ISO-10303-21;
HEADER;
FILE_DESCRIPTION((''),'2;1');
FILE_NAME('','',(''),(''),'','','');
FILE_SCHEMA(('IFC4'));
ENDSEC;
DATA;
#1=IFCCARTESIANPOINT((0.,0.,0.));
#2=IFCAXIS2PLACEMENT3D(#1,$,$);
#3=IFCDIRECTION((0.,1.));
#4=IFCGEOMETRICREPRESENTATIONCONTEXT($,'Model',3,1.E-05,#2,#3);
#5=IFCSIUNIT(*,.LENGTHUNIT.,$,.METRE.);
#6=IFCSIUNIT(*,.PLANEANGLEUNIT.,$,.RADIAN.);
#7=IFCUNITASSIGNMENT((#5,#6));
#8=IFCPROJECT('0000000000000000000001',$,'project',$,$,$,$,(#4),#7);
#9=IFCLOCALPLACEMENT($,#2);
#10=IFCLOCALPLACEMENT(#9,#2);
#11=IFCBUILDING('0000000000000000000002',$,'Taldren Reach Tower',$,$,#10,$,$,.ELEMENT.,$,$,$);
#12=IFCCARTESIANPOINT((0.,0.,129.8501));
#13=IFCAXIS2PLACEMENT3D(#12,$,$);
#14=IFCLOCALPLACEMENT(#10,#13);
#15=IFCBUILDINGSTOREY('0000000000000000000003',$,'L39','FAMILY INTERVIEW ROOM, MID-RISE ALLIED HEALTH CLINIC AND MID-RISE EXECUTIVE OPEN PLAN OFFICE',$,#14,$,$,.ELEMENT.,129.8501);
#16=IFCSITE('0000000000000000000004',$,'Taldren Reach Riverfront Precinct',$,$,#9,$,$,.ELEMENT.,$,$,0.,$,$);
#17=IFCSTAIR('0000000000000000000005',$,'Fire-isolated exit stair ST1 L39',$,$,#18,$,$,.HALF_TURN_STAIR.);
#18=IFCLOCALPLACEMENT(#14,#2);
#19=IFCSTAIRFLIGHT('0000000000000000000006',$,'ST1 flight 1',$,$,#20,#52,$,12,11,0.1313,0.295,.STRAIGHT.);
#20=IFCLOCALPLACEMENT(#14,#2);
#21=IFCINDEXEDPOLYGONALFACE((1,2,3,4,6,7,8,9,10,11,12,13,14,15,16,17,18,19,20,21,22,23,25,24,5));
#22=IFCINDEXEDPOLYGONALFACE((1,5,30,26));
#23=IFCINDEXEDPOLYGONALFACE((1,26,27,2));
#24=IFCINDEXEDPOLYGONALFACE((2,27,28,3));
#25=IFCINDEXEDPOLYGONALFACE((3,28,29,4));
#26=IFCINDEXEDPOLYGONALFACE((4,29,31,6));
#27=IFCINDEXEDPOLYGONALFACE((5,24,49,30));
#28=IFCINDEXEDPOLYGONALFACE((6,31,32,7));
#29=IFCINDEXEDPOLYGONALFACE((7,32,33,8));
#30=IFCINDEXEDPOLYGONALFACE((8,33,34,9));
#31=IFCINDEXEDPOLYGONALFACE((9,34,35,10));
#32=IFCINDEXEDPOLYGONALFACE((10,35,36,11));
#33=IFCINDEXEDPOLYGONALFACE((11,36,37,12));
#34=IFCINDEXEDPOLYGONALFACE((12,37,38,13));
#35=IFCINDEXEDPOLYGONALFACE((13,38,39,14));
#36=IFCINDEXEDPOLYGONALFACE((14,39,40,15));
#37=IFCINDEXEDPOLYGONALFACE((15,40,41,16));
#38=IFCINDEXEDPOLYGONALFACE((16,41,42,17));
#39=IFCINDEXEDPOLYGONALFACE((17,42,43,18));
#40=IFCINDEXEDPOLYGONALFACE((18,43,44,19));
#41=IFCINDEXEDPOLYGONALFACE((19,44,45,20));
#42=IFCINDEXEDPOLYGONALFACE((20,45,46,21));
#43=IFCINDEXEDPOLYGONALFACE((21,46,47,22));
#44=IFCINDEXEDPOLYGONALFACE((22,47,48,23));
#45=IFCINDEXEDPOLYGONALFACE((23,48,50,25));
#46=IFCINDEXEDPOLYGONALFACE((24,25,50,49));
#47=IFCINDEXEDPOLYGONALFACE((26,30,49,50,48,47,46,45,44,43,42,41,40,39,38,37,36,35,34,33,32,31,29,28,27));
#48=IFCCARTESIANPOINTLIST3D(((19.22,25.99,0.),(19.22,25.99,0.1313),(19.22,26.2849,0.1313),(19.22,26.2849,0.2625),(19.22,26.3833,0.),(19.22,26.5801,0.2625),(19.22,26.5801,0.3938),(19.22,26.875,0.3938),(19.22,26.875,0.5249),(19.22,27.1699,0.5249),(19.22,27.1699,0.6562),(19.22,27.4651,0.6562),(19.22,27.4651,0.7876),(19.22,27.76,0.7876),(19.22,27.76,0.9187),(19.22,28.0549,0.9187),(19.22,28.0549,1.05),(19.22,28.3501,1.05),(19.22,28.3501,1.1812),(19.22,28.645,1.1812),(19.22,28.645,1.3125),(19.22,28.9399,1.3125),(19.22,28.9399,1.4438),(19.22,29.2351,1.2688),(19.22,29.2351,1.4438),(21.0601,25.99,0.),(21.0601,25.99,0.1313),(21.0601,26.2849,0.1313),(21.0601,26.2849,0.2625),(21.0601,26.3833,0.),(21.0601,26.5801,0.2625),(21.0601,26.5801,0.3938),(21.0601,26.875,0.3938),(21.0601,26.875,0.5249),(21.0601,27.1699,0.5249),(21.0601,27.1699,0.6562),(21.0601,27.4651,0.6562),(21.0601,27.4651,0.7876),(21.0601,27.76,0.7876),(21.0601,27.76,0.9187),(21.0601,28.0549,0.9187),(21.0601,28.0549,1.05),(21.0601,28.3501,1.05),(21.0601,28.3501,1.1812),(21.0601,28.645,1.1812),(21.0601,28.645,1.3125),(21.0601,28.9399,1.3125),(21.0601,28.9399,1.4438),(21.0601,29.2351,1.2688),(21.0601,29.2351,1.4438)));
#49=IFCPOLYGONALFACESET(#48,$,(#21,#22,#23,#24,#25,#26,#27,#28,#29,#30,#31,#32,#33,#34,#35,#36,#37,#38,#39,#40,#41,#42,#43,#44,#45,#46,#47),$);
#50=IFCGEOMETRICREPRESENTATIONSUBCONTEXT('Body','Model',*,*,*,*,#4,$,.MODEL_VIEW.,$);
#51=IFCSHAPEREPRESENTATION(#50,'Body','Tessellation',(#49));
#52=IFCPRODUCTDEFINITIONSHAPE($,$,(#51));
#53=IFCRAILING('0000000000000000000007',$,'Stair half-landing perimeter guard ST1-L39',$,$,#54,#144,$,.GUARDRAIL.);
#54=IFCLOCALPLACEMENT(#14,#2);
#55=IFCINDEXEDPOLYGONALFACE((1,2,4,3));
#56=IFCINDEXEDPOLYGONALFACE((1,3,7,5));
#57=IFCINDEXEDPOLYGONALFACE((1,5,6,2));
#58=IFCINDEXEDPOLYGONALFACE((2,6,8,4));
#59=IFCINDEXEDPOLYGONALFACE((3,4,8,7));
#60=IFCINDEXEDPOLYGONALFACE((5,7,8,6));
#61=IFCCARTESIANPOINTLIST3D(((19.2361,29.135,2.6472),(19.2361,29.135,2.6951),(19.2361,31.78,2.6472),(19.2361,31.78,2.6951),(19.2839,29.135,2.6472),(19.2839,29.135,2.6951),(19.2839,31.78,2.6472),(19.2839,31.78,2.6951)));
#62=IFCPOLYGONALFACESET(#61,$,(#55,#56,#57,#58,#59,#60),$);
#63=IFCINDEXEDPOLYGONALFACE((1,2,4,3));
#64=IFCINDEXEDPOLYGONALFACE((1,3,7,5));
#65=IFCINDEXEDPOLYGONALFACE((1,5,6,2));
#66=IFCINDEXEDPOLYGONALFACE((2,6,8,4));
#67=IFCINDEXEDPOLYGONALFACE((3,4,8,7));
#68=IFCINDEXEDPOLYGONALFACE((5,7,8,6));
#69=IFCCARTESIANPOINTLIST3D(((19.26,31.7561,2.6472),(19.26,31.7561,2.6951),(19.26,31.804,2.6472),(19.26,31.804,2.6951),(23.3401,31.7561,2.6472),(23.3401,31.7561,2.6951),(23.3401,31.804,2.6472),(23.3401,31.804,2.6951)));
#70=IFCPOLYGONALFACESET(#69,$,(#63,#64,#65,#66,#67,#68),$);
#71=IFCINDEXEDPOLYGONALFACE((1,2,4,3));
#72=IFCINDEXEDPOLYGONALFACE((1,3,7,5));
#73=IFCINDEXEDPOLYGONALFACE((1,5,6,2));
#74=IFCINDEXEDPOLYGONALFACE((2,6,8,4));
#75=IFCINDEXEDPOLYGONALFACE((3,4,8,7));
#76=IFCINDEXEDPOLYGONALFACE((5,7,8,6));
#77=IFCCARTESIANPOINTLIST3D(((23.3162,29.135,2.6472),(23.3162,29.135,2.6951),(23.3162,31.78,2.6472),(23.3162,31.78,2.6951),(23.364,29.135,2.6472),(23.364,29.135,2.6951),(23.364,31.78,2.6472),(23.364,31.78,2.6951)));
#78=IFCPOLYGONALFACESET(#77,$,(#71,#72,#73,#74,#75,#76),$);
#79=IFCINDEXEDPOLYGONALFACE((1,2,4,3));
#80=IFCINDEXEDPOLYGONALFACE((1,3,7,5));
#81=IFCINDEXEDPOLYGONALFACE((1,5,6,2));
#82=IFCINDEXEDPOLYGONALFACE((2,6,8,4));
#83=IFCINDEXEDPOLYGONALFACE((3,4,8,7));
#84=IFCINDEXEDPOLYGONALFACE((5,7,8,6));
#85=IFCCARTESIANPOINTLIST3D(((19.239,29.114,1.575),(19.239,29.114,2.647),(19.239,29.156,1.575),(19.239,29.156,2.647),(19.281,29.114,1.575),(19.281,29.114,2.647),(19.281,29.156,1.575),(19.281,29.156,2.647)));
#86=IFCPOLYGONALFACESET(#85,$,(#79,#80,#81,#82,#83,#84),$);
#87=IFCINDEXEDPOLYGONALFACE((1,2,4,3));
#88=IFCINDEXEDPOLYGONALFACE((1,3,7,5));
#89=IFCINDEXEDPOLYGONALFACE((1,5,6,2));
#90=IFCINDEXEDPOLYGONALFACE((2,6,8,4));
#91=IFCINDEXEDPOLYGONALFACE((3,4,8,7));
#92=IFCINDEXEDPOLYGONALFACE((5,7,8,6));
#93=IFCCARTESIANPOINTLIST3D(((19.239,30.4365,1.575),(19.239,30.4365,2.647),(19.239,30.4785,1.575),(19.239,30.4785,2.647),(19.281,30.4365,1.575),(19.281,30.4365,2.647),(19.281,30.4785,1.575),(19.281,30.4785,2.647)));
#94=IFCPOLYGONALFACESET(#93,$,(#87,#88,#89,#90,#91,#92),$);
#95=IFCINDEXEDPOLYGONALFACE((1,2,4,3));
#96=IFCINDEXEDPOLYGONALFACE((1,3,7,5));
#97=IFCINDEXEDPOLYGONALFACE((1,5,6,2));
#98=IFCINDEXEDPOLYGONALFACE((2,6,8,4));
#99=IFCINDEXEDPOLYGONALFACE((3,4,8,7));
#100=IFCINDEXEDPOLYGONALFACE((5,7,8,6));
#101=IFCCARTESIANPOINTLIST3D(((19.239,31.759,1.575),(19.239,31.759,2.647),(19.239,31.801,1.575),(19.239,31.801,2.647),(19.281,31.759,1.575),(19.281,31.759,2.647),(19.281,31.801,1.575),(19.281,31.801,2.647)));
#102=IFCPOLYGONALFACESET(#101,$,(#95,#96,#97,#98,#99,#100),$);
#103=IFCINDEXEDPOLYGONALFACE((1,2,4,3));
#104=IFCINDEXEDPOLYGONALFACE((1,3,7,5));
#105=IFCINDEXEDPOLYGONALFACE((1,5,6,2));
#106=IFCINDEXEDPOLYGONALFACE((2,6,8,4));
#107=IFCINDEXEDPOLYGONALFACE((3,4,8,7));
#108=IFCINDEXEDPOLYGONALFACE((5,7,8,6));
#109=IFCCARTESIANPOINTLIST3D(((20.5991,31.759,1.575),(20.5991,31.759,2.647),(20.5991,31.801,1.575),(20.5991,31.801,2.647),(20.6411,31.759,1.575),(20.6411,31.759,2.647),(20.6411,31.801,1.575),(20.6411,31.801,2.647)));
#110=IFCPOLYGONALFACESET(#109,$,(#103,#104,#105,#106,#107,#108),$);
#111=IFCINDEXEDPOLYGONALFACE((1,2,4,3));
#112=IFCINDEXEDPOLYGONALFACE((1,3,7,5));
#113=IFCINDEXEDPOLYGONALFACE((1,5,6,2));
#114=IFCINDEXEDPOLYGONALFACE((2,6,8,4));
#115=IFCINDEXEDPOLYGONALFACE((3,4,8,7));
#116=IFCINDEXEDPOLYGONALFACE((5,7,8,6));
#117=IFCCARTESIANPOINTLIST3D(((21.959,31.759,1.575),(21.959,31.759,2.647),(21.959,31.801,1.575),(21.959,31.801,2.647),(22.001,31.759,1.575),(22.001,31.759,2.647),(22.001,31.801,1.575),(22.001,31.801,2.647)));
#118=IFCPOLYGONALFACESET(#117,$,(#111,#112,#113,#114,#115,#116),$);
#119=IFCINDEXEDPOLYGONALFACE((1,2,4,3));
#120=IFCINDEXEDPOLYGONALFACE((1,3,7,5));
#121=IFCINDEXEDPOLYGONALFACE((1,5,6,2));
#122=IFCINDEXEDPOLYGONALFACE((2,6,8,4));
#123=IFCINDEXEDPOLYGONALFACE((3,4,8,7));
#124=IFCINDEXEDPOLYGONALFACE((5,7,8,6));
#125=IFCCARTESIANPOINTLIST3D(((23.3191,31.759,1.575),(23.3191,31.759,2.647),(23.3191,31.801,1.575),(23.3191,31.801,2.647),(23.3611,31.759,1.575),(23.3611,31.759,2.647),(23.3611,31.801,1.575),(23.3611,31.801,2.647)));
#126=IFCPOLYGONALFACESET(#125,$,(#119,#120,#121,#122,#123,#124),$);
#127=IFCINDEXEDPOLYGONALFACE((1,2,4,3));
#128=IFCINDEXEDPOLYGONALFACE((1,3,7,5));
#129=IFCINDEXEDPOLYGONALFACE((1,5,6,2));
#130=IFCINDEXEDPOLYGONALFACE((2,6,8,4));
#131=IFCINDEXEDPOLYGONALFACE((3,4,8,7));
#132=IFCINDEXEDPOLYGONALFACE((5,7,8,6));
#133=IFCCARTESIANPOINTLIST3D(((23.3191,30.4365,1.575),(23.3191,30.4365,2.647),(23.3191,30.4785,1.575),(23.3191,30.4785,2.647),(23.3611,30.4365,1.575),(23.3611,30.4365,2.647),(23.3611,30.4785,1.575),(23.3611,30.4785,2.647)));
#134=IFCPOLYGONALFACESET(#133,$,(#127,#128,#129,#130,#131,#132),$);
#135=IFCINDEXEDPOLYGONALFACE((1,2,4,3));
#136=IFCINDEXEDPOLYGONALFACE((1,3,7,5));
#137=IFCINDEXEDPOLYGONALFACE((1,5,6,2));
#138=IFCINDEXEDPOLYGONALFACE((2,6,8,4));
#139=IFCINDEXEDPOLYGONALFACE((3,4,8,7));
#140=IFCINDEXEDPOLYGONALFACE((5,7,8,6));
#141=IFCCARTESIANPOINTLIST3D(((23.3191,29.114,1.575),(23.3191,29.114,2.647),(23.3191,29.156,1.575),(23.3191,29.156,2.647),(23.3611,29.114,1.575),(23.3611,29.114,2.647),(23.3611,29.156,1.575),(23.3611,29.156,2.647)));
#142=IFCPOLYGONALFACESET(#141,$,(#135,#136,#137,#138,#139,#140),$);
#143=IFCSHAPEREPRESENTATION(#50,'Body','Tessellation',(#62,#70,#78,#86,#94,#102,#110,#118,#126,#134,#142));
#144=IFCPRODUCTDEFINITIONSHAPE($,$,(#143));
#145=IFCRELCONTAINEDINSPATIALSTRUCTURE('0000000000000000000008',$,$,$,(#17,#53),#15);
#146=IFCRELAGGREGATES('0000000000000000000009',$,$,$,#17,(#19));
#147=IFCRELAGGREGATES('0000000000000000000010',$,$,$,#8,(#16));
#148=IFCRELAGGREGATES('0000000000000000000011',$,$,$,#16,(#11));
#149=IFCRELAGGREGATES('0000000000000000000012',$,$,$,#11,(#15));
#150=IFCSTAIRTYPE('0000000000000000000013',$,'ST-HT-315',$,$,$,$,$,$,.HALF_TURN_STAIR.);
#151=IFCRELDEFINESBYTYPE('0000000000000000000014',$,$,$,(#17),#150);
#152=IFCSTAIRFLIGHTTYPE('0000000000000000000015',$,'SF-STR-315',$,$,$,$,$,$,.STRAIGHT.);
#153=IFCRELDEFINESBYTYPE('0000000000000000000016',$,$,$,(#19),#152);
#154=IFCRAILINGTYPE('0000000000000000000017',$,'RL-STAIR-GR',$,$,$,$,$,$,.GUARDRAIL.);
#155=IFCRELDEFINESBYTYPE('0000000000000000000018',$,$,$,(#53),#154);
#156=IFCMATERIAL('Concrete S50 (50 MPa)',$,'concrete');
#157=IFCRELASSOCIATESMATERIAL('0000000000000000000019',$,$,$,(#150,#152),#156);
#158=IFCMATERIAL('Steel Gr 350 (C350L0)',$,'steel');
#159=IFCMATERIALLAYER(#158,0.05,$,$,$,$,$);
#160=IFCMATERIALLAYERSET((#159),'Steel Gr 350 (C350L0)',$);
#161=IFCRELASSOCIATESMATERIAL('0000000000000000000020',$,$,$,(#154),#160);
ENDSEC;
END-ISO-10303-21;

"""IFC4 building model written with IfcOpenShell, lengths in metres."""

from ifc_helpers import new_model, si_unit, direction, frame, origin, origin_2d, place, context, subcontext, project, spatial, polyline, rectangle, outline, extrude, material, layer, layer_set, type_object, element, aggregate, save


model = new_model("IFC4")

# Units and contexts
model_context = context("Model", 3, precision=1e-05, world=origin(), true_north=direction((0.0, 1.0)))
body_context = subcontext(model_context, "Body", "Model", "MODEL_VIEW")
ifc_project = project(units=[si_unit("LENGTHUNIT", "METRE"), si_unit("PLANEANGLEUNIT", "RADIAN")], contexts=[model_context])

# Site, building, storey
site_placement = place(None, origin())
site = spatial("IfcSite", under=ifc_project, at=site_placement, Name="Taldren Reach Riverfront Precinct", CompositionType="ELEMENT", RefElevation=0.0)
building_placement = place(site_placement, origin())
building = spatial("IfcBuilding", under=site, at=building_placement, Name="Taldren Reach Tower", CompositionType="ELEMENT")
storey_placement = place(building_placement, frame((0.0, 0.0, 129.8501)))
storey = spatial("IfcBuildingStorey", under=building, at=storey_placement, Name="L39", Description="FAMILY INTERVIEW ROOM, MID-RISE ALLIED HEALTH CLINIC AND MID-RISE EXECUTIVE OPEN PLAN OFFICE", CompositionType="ELEMENT", Elevation=129.8501)

# Shared definitions
ifc_material_1 = material(Name="Steel Gr 350 (C350L0)", Category="steel")

# Stair, stair flight
ifc_material_2 = material(Name="Concrete S50 (50 MPa)", Category="concrete")
stair_type = type_object("IfcStairType", Name="ST-HT-315", PredefinedType="HALF_TURN_STAIR", material=ifc_material_2)
stair_placement = place(storey_placement, origin())
stair = element("IfcStair", 1, at=stair_placement, inside=storey, type_object=stair_type, Name="Fire-isolated exit stair ST1 L39", PredefinedType="HALF_TURN_STAIR")
stair_flight_type = type_object("IfcStairFlightType", Name="SF-STR-315", PredefinedType="STRAIGHT", material=ifc_material_2)
stair_flight_placement = place(storey_placement, frame((20.1399, 25.99, 0.0), z_axis=(0.0, 0.0, 1.0), x_axis=(0.0, 1.0, 0.0)))
stair_flight = element("IfcStairFlight", 2, at=stair_flight_placement, type_object=stair_flight_type, Name="ST1 flight 1", NumberOfRisers=12, NumberOfTreads=11, PredefinedType="STRAIGHT", RiserHeight=0.1313, TreadLength=0.295, context=body_context, shape_type="SweptSolid", body=[
    extrude(outline(polyline([(0.0, 0.0), (0.0, 0.1313), (0.2949, 0.1313), (0.2949, 0.2625), (0.5901, 0.2625), (0.5901, 0.3938), (0.885, 0.3938), (0.885, 0.5249), (1.1799, 0.5249), (1.1799, 0.6562), (1.4751, 0.6562), (1.4751, 0.7876), (1.77, 0.7876), (1.77, 0.9187), (2.0649, 0.9187), (2.0649, 1.05), (2.3601, 1.05), (2.3601, 1.1812), (2.655, 1.1812), (2.655, 1.3125), (2.95, 1.3125), (2.95, 1.4438), (3.2451, 1.4438), (3.2451, 1.575), (3.2451, 1.2688), (0.3933, 0.0), (0.0, 0.0)])), frame((0.0, 0.9199, 0.0), z_axis=(0.0, -1.0, 0.0), x_axis=(1.0, 0.0, 0.0)), (0.0, 0.0, 1.0), 1.8401),
])
aggregate(stair, [stair_flight])

# Railing
ifc_layer_1 = layer(ifc_material_1, 0.05)
ifc_layer_set_1 = layer_set([ifc_layer_1], Name="Steel Gr 350 (C350L0)")
railing_type_1 = type_object("IfcRailingType", Name="RL-STAIR-GR", PredefinedType="GUARDRAIL", material=ifc_layer_set_1)
railing_1_placement = place(storey_placement, frame((19.26, 29.135, 1.575)))
element("IfcRailing", 3, at=railing_1_placement, inside=storey, type_object=railing_type_1, Name="Stair half-landing perimeter guard ST1-L39", PredefinedType="GUARDRAIL", context=body_context, shape_type="SweptSolid", body=[
    extrude(rectangle(XDim=0.0479, YDim=0.0479, at=origin_2d()), frame((0.0, 0.0, 1.0962), z_axis=(0.0, 1.0, 0.0), x_axis=(-1.0, 0.0, 0.0)), (0.0, 0.0, 1.0), 2.645),
    extrude(rectangle(XDim=0.0479, YDim=0.0479, at=origin_2d()), frame((0.0, 2.645, 1.0962), z_axis=(1.0, 0.0, 0.0), x_axis=(0.0, 1.0, 0.0)), (0.0, 0.0, 1.0), 4.0801),
    extrude(rectangle(XDim=0.0479, YDim=0.0479, at=origin_2d()), frame((4.0801, 2.645, 1.0962), z_axis=(0.0, -1.0, 0.0), x_axis=(1.0, 0.0, 0.0)), (0.0, 0.0, 1.0), 2.645),
    extrude(rectangle(XDim=0.042, YDim=0.042, at=origin_2d()), origin(), (0.0, 0.0, 1.0), 1.072),
    extrude(rectangle(XDim=0.042, YDim=0.042, at=origin_2d()), frame((0.0, 1.3225, 0.0)), (0.0, 0.0, 1.0), 1.072),
    extrude(rectangle(XDim=0.042, YDim=0.042, at=origin_2d()), frame((0.0, 2.645, 0.0)), (0.0, 0.0, 1.0), 1.072),
    extrude(rectangle(XDim=0.042, YDim=0.042, at=origin_2d()), frame((1.3601, 2.645, 0.0)), (0.0, 0.0, 1.0), 1.072),
    extrude(rectangle(XDim=0.042, YDim=0.042, at=origin_2d()), frame((2.72, 2.645, 0.0)), (0.0, 0.0, 1.0), 1.072),
    extrude(rectangle(XDim=0.042, YDim=0.042, at=origin_2d()), frame((4.0801, 2.645, 0.0)), (0.0, 0.0, 1.0), 1.072),
    extrude(rectangle(XDim=0.042, YDim=0.042, at=origin_2d()), frame((4.0801, 1.3225, 0.0)), (0.0, 0.0, 1.0), 1.072),
    extrude(rectangle(XDim=0.042, YDim=0.042, at=origin_2d()), frame((4.0801, 0.0, 0.0)), (0.0, 0.0, 1.0), 1.072),
])

save(model, "model.ifc")
